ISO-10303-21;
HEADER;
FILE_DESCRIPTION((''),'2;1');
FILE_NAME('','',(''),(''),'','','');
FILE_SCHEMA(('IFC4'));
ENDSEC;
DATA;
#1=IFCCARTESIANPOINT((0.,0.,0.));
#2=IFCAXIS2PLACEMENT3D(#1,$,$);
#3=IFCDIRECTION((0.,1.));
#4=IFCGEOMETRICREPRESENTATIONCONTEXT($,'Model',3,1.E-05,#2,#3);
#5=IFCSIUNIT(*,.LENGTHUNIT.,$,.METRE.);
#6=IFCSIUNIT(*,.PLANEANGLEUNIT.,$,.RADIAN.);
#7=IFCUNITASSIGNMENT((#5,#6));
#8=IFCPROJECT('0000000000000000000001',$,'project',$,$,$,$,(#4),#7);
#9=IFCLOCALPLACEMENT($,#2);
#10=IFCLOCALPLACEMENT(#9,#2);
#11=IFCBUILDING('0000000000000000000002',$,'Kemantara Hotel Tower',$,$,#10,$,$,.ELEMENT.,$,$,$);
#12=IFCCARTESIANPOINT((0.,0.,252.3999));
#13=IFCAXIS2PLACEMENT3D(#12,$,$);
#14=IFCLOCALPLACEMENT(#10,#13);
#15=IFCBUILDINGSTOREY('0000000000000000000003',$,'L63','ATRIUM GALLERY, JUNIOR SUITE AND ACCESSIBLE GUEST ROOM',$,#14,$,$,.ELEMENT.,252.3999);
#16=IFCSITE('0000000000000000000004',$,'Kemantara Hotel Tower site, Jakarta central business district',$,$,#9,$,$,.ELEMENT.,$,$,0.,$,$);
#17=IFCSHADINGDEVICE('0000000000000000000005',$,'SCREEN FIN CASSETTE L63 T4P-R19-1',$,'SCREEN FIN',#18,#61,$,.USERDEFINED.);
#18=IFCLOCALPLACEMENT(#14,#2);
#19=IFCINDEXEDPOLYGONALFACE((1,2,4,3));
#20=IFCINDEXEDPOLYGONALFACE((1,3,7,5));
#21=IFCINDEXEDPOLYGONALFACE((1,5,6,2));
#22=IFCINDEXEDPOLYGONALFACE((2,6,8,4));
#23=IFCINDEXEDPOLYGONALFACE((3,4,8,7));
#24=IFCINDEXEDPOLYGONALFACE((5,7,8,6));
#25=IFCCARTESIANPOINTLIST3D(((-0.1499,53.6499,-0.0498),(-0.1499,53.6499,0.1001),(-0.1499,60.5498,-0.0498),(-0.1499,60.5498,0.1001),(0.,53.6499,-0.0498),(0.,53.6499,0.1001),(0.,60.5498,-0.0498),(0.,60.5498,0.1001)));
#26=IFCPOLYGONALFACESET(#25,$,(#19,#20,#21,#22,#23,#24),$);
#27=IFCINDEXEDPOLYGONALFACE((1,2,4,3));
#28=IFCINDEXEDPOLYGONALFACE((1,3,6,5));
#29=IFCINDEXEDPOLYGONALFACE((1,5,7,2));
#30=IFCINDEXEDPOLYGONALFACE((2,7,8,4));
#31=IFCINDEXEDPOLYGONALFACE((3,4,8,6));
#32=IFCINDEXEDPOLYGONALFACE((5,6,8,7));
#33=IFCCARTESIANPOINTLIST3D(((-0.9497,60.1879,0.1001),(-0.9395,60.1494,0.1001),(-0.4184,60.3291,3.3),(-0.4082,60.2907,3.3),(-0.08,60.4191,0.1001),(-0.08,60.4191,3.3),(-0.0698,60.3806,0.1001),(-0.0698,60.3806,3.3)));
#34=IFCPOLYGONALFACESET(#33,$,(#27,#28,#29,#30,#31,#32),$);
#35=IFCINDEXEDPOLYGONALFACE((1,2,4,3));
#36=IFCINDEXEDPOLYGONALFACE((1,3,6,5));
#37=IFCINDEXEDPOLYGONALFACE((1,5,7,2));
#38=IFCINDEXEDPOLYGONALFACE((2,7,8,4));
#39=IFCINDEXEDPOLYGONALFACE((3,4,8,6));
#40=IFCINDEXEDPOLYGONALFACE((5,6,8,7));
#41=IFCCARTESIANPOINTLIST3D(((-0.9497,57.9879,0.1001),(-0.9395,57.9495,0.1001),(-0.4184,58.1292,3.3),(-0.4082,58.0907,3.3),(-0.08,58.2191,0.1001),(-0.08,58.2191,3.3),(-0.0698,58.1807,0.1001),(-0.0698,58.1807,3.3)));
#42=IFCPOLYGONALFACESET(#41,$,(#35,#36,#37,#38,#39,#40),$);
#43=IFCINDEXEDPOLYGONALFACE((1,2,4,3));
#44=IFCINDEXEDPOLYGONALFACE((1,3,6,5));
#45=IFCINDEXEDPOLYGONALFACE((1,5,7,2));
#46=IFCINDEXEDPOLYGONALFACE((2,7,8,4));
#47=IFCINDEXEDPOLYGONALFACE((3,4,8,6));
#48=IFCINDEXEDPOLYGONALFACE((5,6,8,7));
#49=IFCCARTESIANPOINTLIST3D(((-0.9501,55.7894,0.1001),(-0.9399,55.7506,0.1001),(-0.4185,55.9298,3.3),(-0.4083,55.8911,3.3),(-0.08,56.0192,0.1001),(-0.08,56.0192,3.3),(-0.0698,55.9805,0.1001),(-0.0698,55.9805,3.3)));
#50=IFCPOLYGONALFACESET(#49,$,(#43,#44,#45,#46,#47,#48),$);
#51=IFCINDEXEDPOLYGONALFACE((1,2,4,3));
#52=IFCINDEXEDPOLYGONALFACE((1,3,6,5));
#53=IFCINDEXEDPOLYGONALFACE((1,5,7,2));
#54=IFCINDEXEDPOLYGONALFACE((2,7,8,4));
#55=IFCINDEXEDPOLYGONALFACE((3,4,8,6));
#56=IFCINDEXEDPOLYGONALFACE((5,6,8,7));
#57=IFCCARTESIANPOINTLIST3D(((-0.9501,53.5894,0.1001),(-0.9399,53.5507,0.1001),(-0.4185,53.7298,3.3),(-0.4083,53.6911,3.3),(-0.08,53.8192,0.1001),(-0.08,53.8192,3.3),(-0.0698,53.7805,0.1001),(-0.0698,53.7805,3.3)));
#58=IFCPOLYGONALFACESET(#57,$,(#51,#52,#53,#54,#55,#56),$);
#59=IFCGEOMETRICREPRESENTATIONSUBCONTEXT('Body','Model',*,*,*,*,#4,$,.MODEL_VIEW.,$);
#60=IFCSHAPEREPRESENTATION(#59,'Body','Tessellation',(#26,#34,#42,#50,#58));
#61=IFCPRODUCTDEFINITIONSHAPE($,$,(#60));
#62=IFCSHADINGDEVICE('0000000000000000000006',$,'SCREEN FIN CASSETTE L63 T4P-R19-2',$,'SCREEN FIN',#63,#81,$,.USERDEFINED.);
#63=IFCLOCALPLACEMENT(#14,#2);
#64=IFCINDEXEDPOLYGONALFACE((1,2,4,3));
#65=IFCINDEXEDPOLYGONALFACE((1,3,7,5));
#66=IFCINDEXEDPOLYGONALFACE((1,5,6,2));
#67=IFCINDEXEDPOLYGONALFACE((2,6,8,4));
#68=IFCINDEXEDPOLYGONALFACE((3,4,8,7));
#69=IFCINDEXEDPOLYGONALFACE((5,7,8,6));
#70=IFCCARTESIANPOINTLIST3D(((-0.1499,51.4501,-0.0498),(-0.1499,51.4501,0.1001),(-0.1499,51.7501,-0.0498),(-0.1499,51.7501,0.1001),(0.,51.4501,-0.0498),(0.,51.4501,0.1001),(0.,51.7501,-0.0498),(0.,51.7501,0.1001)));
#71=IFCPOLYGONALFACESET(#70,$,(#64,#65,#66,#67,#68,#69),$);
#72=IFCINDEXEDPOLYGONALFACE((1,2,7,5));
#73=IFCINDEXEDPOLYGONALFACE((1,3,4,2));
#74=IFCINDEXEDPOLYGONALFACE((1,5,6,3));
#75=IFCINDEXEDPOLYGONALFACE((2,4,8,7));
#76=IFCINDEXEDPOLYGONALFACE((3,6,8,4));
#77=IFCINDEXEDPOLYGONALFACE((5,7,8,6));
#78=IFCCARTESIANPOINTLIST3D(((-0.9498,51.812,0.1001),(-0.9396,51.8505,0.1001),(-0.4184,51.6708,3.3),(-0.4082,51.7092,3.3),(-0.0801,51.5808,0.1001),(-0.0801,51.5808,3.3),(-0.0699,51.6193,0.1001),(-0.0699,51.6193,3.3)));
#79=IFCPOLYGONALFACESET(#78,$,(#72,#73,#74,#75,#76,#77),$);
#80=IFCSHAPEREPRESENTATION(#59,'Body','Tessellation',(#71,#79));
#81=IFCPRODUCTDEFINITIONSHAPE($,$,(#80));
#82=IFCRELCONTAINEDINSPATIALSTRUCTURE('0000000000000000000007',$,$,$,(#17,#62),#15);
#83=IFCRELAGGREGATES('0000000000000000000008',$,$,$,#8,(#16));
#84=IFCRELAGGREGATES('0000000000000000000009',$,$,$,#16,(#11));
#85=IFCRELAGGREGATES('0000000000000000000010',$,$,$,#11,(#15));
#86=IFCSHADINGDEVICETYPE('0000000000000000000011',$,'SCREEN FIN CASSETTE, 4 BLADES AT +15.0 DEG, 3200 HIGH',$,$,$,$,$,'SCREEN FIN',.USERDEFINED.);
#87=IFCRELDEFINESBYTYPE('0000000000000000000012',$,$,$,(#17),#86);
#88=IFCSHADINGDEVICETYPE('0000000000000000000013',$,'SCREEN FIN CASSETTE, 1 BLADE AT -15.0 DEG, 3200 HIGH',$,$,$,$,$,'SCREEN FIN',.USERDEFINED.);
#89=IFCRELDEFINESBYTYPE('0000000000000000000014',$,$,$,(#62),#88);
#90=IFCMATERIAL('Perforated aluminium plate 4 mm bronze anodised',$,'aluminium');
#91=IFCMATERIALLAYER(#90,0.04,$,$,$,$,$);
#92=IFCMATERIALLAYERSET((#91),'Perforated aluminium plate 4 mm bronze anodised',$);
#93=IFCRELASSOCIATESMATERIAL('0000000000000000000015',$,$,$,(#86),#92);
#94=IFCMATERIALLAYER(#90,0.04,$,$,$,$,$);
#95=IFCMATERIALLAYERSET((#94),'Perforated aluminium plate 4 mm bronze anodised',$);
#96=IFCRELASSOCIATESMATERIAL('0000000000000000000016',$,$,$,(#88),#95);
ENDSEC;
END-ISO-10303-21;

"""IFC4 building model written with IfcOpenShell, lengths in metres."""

from ifc_helpers import new_model, si_unit, direction, frame, origin, origin_2d, place, context, subcontext, project, spatial, polyline, rectangle, outline, extrude, source, transform, mapped, material, layer, layer_set, type_object, element, save


model = new_model("IFC4")

# Units and contexts
model_context = context("Model", 3, precision=1e-05, world=origin(), true_north=direction((0.0, 1.0)))
body_context = subcontext(model_context, "Body", "Model", "MODEL_VIEW")
ifc_project = project(units=[si_unit("LENGTHUNIT", "METRE"), si_unit("PLANEANGLEUNIT", "RADIAN")], contexts=[model_context])

# Site, building, storey
site_placement = place(None, origin())
site = spatial("IfcSite", under=ifc_project, at=site_placement, Name="Kemantara Hotel Tower site, Jakarta central business district", CompositionType="ELEMENT", RefElevation=0.0)
building_placement = place(site_placement, origin())
building = spatial("IfcBuilding", under=site, at=building_placement, Name="Kemantara Hotel Tower", CompositionType="ELEMENT")
storey_placement = place(building_placement, frame((0.0, 0.0, 252.3999)))
storey = spatial("IfcBuildingStorey", under=building, at=storey_placement, Name="L63", Description="ATRIUM GALLERY, JUNIOR SUITE AND ACCESSIBLE GUEST ROOM", CompositionType="ELEMENT", Elevation=252.3999)

# Shading devices
ifc_material_1 = material(Name="Perforated aluminium plate 4 mm bronze anodised", Category="aluminium")
ifc_layer_1 = layer(ifc_material_1, 0.04)
ifc_layer_set_1 = layer_set([ifc_layer_1], Name="Perforated aluminium plate 4 mm bronze anodised")
shading_device_type_1 = type_object("IfcShadingDeviceType", Name="SCREEN FIN CASSETTE, 4 BLADES AT +15.0 DEG, 3200 HIGH", ElementType="SCREEN FIN", PredefinedType="USERDEFINED", material=ifc_layer_set_1)
shared_shape_1 = source(origin(), body_context, "Body", "SweptSolid", [
    extrude(rectangle(XDim=6.8999, YDim=0.1499, at=origin_2d()), frame((3.3, -0.075, -0.1499), z_axis=(0.0, 0.0, 1.0), x_axis=(1.0, 0.0, 0.0)), (0.0, 0.0, 1.0), 0.1499),
    extrude(outline(polyline([(0.0, 0.0), (0.8999, 0.0), (0.3501, 3.2), (0.0, 3.2), (0.0, 0.0)])), frame((0.0193, -0.0698, 0.0), z_axis=(-0.966438, -0.256901, 0.0), x_axis=(0.256901, -0.966438, 0.0)), (0.0, 0.0, 1.0), 0.0398),
    extrude(outline(polyline([(0.0, 0.0), (0.8999, 0.0), (0.3501, 3.2), (0.0, 3.2), (0.0, 0.0)])), frame((2.2192, -0.0698, 0.0), z_axis=(-0.966438, -0.256901, 0.0), x_axis=(0.256901, -0.966438, 0.0)), (0.0, 0.0, 1.0), 0.0398),
    extrude(outline(polyline([(0.0, 0.0), (0.8999, 0.0), (0.3501, 3.2), (0.0, 3.2), (0.0, 0.0)])), frame((4.4194, -0.0698, 0.0), z_axis=(-0.966838, -0.255391, 0.0), x_axis=(0.255391, -0.966838, 0.0)), (0.0, 0.0, 1.0), 0.04),
    extrude(outline(polyline([(0.0, 0.0), (0.8999, 0.0), (0.3501, 3.2), (0.0, 3.2), (0.0, 0.0)])), frame((6.6194, -0.0698, 0.0), z_axis=(-0.966838, -0.255391, 0.0), x_axis=(0.255391, -0.966838, 0.0)), (0.0, 0.0, 1.0), 0.04),
])
shading_device_1_placement = place(storey_placement, frame((0.0, 60.3999, 0.1001), z_axis=(0.0, 0.0, 1.0), x_axis=(0.0, -1.0, 0.0)))
element("IfcShadingDevice", 1, at=shading_device_1_placement, inside=storey, type_object=shading_device_type_1, Name="SCREEN FIN CASSETTE L63 T4P-R19-1", ObjectType="SCREEN FIN", PredefinedType="USERDEFINED", context=body_context, shape_type="MappedRepresentation", body=[
    mapped(shared_shape_1, transform((0.0, 0.0, 0.0))),
])
ifc_layer_2 = layer(ifc_material_1, 0.04)
ifc_layer_set_2 = layer_set([ifc_layer_2], Name="Perforated aluminium plate 4 mm bronze anodised")
shading_device_type_2 = type_object("IfcShadingDeviceType", Name="SCREEN FIN CASSETTE, 1 BLADE AT -15.0 DEG, 3200 HIGH", ElementType="SCREEN FIN", PredefinedType="USERDEFINED", material=ifc_layer_set_2)
shared_shape_2 = source(origin(), body_context, "Body", "SweptSolid", [
    extrude(rectangle(XDim=0.3, YDim=0.1499, at=origin_2d()), frame((0.0, -0.075, -0.1499), z_axis=(0.0, 0.0, 1.0), x_axis=(1.0, 0.0, 0.0)), (0.0, 0.0, 1.0), 0.1499),
    extrude(outline(polyline([(0.0, 0.0), (0.8999, 0.0), (0.3501, 3.2), (0.0, 3.2), (0.0, 0.0)])), frame((0.0193, -0.0801, 0.0), z_axis=(-0.966438, 0.256901, 0.0), x_axis=(-0.256901, -0.966438, 0.0)), (0.0, 0.0, 1.0), 0.0398),
])
shading_device_2_placement = place(storey_placement, frame((0.0, 51.6001, 0.1001), z_axis=(0.0, 0.0, 1.0), x_axis=(0.0, -1.0, 0.0)))
element("IfcShadingDevice", 2, at=shading_device_2_placement, inside=storey, type_object=shading_device_type_2, Name="SCREEN FIN CASSETTE L63 T4P-R19-2", ObjectType="SCREEN FIN", PredefinedType="USERDEFINED", context=body_context, shape_type="MappedRepresentation", body=[
    mapped(shared_shape_2, transform((0.0, 0.0, 0.0))),
])

save(model, "model.ifc")
